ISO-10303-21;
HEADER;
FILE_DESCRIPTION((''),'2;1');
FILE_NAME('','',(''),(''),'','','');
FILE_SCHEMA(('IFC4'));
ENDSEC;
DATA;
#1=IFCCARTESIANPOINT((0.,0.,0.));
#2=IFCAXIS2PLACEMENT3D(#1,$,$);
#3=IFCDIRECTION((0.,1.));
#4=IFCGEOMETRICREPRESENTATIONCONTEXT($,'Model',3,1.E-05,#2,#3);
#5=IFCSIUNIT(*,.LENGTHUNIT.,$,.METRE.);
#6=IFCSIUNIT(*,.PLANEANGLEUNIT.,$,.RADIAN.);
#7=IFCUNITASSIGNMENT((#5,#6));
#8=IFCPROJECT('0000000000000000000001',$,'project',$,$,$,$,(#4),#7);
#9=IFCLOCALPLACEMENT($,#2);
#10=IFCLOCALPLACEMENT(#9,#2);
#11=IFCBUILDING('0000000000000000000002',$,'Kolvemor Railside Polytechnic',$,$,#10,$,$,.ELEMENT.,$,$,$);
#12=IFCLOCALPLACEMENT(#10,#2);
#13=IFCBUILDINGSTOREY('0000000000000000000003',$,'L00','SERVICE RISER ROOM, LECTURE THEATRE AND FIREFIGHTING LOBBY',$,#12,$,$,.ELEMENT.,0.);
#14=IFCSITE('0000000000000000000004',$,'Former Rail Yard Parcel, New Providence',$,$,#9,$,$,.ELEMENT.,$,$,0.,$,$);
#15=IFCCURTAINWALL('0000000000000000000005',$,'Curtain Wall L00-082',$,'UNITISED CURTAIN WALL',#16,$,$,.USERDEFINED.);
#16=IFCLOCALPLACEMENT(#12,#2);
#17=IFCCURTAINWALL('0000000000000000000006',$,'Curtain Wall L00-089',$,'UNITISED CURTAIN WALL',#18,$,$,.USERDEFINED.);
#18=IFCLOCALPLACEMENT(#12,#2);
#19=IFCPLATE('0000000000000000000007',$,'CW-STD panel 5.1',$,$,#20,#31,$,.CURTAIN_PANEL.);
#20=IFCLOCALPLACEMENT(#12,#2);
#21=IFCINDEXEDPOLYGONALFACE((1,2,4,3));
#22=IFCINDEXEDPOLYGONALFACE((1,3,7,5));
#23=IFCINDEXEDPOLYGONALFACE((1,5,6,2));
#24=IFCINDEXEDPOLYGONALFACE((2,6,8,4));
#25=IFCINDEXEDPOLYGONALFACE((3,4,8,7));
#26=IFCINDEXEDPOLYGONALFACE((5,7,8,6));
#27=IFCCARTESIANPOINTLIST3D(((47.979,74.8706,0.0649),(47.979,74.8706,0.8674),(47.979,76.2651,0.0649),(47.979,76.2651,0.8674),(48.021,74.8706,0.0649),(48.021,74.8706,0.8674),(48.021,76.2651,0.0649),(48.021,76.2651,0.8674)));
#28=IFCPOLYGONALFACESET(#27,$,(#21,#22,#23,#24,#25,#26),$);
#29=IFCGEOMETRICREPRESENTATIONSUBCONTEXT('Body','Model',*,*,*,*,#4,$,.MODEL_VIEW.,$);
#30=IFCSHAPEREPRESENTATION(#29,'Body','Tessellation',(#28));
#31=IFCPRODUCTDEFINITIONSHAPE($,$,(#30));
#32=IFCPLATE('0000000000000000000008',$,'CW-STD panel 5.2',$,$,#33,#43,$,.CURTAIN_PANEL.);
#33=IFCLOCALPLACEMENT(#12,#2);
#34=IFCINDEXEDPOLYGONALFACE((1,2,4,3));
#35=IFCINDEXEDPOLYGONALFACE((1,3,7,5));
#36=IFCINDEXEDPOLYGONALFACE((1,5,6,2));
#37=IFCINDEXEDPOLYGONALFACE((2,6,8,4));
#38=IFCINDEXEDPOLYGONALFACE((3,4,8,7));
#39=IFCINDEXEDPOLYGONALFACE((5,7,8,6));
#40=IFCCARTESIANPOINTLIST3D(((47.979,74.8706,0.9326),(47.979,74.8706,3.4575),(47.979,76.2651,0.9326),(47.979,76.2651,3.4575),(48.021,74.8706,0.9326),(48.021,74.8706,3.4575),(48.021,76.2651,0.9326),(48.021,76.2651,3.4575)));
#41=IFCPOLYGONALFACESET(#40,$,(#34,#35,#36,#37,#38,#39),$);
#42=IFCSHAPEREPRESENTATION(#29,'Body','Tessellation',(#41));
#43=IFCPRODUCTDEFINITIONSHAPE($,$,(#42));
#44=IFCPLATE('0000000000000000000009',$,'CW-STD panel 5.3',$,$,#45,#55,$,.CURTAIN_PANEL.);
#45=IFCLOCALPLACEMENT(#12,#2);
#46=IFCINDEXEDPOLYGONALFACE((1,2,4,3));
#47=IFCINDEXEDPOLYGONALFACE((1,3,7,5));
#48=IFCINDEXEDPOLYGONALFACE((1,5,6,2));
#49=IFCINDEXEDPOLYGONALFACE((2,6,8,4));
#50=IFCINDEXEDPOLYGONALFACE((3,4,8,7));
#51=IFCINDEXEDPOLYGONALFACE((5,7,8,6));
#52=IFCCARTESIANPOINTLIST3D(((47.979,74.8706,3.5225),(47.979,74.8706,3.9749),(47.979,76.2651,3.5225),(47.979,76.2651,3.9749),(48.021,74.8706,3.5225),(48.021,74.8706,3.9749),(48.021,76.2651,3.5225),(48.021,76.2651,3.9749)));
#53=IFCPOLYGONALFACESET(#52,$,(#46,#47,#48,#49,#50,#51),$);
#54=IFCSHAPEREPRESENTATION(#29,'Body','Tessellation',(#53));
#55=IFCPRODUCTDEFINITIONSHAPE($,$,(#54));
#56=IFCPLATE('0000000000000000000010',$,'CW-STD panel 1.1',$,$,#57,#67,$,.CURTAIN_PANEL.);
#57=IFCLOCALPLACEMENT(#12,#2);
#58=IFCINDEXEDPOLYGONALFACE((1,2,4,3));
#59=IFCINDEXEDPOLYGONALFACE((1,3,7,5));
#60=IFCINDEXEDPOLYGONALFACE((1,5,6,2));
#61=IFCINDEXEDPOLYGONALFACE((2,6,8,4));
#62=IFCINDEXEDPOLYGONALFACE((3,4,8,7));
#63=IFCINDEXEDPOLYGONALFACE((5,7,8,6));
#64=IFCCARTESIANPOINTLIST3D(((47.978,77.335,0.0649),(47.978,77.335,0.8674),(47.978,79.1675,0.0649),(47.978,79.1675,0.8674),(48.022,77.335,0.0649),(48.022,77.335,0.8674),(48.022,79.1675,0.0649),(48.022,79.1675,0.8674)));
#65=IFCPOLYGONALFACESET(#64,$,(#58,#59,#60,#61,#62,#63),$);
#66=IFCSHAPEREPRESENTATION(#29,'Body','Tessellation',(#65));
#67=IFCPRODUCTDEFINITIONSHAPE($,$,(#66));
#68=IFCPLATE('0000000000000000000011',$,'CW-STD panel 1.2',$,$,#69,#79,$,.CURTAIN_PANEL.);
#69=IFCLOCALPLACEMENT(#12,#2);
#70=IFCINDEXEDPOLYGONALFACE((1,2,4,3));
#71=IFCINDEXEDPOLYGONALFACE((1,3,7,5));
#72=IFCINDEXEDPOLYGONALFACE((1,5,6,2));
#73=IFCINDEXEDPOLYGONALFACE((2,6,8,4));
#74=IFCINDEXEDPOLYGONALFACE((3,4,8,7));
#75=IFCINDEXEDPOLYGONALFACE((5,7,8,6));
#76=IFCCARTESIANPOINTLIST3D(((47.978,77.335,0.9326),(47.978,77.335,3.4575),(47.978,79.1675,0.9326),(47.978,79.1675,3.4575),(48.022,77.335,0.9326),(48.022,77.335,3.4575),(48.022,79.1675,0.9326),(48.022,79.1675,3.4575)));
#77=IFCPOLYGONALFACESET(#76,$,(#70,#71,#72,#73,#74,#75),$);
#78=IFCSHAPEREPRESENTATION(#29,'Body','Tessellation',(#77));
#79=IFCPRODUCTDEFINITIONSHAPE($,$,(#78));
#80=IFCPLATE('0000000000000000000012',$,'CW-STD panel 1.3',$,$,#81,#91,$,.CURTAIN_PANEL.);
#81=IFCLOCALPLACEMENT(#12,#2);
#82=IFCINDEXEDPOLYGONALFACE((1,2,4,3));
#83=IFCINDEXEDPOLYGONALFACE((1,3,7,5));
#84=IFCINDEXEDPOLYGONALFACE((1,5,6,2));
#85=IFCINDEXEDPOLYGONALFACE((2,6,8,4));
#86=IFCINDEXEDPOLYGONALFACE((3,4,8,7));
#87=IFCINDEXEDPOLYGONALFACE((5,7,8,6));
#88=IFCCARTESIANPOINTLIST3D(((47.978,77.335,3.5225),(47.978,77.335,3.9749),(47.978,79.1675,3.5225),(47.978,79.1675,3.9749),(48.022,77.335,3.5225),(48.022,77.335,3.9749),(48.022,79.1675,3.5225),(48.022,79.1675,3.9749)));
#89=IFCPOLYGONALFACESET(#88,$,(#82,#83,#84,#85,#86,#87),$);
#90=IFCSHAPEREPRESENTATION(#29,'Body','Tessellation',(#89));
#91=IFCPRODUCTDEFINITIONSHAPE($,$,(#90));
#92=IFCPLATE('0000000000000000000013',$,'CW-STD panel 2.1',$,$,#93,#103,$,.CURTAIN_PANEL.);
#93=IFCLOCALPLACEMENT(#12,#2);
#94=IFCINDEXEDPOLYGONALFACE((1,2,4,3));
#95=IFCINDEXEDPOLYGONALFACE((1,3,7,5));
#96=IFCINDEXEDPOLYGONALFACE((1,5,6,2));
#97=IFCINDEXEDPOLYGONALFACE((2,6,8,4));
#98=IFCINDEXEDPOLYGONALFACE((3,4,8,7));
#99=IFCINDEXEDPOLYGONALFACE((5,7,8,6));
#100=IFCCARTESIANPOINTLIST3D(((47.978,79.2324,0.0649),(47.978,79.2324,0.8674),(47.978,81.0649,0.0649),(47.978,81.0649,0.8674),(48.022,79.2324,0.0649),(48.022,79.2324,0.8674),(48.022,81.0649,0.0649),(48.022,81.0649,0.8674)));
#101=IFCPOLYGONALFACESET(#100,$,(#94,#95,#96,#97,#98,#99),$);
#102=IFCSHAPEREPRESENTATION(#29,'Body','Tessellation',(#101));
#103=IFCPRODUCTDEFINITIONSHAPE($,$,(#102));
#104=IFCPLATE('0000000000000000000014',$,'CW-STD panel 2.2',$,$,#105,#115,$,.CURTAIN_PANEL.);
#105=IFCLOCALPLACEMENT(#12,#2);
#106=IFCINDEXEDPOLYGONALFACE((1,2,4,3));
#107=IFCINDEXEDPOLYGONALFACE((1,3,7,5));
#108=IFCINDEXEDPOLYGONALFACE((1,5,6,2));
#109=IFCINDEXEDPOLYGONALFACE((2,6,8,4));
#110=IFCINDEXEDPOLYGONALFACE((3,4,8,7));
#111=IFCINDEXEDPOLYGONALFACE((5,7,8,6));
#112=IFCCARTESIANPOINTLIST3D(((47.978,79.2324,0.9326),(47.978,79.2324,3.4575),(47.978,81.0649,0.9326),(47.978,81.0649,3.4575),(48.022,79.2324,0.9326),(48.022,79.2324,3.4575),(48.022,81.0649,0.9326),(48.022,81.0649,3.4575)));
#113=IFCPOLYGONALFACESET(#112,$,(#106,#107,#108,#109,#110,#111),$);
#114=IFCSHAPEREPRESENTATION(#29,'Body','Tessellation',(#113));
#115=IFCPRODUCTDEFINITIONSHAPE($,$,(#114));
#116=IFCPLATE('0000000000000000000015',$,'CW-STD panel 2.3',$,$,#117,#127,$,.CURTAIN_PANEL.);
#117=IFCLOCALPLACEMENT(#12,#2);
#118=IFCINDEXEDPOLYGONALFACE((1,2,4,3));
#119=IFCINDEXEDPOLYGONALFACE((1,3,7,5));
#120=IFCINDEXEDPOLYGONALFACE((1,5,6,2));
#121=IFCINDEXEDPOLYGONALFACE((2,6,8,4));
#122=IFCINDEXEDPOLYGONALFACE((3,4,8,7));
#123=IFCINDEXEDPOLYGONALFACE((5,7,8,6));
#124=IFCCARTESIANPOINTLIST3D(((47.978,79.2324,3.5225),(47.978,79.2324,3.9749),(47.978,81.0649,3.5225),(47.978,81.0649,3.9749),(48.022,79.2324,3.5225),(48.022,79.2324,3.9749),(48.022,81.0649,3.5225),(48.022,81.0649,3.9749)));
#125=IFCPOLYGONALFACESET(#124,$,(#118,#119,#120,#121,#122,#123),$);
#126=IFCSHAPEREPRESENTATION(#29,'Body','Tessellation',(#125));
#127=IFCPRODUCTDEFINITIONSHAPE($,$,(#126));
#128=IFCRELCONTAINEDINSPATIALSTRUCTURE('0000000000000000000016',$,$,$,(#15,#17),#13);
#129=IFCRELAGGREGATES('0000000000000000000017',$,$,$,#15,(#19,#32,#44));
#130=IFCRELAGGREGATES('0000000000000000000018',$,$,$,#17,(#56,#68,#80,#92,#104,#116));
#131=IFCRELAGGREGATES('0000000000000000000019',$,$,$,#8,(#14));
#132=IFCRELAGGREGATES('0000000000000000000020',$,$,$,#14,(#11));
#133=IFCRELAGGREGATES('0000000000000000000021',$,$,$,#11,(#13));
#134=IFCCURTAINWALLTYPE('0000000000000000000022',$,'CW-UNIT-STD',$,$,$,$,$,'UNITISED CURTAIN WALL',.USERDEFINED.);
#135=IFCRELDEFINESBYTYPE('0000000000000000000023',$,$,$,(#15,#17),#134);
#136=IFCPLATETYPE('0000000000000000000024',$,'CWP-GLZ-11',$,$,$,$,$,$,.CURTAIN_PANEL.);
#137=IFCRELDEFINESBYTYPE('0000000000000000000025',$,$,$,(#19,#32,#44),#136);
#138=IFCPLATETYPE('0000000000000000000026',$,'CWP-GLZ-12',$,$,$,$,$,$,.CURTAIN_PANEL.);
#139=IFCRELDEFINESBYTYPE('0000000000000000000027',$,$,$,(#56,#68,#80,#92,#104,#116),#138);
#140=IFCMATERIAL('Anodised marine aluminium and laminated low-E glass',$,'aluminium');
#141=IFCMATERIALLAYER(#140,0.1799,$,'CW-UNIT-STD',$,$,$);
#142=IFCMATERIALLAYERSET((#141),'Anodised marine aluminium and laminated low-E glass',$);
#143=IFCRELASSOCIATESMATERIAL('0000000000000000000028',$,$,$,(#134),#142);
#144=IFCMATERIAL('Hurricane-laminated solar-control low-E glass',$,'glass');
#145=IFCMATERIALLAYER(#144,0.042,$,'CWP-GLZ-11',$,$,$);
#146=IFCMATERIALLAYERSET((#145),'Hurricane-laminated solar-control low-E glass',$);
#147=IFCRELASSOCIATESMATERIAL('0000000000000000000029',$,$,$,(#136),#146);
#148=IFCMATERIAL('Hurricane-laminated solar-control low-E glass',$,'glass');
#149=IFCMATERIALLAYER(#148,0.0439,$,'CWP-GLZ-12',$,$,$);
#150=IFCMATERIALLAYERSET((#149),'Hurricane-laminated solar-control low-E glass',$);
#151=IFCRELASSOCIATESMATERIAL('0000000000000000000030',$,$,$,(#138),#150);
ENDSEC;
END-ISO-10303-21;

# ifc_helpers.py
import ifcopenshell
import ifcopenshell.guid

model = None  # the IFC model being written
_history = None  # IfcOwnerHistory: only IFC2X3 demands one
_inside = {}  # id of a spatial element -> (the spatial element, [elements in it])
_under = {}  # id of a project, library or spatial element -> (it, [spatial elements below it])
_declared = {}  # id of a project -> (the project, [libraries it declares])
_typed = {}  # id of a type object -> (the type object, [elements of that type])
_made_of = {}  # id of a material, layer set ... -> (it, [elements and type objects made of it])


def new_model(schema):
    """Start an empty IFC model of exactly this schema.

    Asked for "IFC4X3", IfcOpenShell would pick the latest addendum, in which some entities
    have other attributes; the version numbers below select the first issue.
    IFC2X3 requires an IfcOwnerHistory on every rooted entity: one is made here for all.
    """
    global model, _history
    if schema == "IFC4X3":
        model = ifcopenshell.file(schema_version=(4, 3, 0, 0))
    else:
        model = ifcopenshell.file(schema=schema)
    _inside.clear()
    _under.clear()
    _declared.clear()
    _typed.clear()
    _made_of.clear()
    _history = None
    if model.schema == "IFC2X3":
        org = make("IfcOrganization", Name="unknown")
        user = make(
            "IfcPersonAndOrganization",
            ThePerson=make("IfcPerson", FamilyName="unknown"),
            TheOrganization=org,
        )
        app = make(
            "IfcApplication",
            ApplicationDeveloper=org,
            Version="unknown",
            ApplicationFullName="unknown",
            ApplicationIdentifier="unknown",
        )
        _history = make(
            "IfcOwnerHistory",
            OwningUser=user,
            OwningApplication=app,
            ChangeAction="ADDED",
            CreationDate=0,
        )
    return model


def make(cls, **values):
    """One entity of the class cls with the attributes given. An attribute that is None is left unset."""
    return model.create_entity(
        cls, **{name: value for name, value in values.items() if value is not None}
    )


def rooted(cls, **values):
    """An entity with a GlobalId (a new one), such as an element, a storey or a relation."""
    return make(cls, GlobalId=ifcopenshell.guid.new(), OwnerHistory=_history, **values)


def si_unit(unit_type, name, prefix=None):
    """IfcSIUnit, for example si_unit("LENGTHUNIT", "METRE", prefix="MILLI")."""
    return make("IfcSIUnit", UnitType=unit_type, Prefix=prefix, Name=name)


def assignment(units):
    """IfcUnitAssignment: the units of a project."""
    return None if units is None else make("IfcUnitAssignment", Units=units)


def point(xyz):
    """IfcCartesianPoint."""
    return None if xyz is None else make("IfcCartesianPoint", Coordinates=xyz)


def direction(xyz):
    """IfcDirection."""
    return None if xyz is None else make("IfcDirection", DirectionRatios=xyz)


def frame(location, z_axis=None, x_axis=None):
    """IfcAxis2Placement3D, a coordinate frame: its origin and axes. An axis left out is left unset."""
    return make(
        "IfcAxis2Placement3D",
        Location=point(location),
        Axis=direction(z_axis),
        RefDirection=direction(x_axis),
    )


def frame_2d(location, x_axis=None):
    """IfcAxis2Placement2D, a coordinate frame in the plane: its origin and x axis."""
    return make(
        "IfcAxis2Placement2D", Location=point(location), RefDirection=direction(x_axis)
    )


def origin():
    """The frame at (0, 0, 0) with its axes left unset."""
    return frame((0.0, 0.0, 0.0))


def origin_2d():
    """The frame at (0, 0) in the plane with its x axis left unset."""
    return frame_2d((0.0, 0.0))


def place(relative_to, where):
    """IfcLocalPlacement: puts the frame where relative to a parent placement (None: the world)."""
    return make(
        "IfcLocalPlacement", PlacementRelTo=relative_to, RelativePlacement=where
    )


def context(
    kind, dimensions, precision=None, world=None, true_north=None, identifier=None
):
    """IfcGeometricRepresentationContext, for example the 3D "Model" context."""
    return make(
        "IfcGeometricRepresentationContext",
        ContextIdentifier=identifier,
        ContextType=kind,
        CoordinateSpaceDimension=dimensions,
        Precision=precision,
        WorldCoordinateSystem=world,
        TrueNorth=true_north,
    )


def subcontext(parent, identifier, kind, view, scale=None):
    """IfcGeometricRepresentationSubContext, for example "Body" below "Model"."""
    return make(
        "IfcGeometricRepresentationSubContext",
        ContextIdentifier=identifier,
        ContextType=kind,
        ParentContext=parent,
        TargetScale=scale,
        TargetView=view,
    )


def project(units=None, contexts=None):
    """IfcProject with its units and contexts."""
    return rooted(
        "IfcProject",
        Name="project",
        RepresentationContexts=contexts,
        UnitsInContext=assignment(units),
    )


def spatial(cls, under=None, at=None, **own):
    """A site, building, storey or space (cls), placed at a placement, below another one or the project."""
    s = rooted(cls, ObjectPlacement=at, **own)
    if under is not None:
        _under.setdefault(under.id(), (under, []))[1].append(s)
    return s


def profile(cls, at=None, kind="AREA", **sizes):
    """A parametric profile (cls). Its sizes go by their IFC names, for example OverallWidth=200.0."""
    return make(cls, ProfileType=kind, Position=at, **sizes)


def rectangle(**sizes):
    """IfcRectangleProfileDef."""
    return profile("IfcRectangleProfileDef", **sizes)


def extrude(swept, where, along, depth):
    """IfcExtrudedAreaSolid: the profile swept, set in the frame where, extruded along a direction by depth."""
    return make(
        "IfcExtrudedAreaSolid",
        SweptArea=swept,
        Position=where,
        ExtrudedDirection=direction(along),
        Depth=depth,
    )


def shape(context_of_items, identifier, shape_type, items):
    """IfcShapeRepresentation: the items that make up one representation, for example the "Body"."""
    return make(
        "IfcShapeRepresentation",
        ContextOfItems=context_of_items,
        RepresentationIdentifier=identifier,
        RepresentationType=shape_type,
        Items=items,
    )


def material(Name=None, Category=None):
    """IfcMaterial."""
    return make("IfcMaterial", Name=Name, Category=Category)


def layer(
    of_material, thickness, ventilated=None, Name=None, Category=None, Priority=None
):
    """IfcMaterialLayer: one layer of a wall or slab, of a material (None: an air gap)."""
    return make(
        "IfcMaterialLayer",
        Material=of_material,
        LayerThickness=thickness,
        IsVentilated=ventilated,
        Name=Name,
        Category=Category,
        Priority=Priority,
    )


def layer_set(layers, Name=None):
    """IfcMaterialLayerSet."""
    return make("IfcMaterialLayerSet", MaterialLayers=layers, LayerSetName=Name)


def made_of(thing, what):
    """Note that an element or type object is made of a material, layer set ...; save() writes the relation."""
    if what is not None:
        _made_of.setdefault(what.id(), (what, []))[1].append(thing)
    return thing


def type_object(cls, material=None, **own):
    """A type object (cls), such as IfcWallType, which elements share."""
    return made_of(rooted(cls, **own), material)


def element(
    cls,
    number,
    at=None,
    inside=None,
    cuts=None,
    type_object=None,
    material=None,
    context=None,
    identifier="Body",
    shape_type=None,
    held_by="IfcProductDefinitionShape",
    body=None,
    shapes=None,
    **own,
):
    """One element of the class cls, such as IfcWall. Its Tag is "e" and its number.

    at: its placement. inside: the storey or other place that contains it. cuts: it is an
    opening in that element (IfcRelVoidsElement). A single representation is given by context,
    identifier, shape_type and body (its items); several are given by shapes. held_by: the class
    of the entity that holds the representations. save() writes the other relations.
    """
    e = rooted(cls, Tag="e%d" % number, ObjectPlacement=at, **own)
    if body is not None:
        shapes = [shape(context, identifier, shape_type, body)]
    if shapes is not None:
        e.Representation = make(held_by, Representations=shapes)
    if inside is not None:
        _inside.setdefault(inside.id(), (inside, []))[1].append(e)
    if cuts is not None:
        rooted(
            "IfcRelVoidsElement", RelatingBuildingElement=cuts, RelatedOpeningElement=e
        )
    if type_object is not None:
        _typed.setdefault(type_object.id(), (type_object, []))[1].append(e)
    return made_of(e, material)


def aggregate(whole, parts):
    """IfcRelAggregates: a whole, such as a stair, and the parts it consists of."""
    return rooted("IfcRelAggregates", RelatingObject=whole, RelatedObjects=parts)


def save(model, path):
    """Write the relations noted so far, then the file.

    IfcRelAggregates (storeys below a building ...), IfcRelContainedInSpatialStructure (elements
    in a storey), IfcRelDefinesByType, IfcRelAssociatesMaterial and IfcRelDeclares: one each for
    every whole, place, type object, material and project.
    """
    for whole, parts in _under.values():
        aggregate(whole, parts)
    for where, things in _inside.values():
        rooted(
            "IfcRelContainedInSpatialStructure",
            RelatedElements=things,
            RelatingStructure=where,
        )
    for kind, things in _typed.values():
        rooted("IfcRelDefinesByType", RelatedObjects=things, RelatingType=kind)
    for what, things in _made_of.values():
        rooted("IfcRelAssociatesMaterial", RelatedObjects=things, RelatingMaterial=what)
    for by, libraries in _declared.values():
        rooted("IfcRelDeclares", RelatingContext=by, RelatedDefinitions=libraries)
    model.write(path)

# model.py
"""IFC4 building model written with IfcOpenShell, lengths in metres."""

from ifc_helpers import new_model, si_unit, direction, frame, origin, origin_2d, place, context, subcontext, project, spatial, rectangle, extrude, material, layer, layer_set, type_object, element, aggregate, save


model = new_model("IFC4")

# Units and contexts
model_context = context("Model", 3, precision=1e-05, world=origin(), true_north=direction((0.0, 1.0)))
body_context = subcontext(model_context, "Body", "Model", "MODEL_VIEW")
ifc_project = project(units=[si_unit("LENGTHUNIT", "METRE"), si_unit("PLANEANGLEUNIT", "RADIAN")], contexts=[model_context])

# Site, building, storey
site_placement = place(None, origin())
site = spatial("IfcSite", under=ifc_project, at=site_placement, Name="Former Rail Yard Parcel, New Providence", CompositionType="ELEMENT", RefElevation=0.0)
building_placement = place(site_placement, origin())
building = spatial("IfcBuilding", under=site, at=building_placement, Name="Kolvemor Railside Polytechnic", CompositionType="ELEMENT")
storey_placement = place(building_placement, origin())
storey = spatial("IfcBuildingStorey", under=building, at=storey_placement, Name="L00", Description="SERVICE RISER ROOM, LECTURE THEATRE AND FIREFIGHTING LOBBY", CompositionType="ELEMENT", Elevation=0.0)

# Curtain walls
ifc_material_1 = material(Name="Anodised marine aluminium and laminated low-E glass", Category="aluminium")
ifc_layer_1 = layer(ifc_material_1, 0.1799, Name="CW-UNIT-STD")
ifc_layer_set_1 = layer_set([ifc_layer_1], Name="Anodised marine aluminium and laminated low-E glass")
curtain_wall_type = type_object("IfcCurtainWallType", Name="CW-UNIT-STD", ElementType="UNITISED CURTAIN WALL", PredefinedType="USERDEFINED", material=ifc_layer_set_1)
curtain_wall_1_placement = place(storey_placement, origin())
curtain_wall_1 = element("IfcCurtainWall", 1, at=curtain_wall_1_placement, inside=storey, type_object=curtain_wall_type, Name="Curtain Wall L00-082", ObjectType="UNITISED CURTAIN WALL", PredefinedType="USERDEFINED")
curtain_wall_2_placement = place(storey_placement, origin())
curtain_wall_2 = element("IfcCurtainWall", 2, at=curtain_wall_2_placement, inside=storey, type_object=curtain_wall_type, Name="Curtain Wall L00-089", ObjectType="UNITISED CURTAIN WALL", PredefinedType="USERDEFINED")

# Plates
ifc_material_2 = material(Name="Hurricane-laminated solar-control low-E glass", Category="glass")
ifc_layer_2 = layer(ifc_material_2, 0.042, Name="CWP-GLZ-11")
ifc_layer_set_2 = layer_set([ifc_layer_2], Name="Hurricane-laminated solar-control low-E glass")
plate_type_1 = type_object("IfcPlateType", Name="CWP-GLZ-11", PredefinedType="CURTAIN_PANEL", material=ifc_layer_set_2)
plate_1_placement = place(storey_placement, frame((48.0, 75.5679, 0.0649), z_axis=(0.0, 0.0, 1.0), x_axis=(0.0, 1.0, 0.0)))
plate_1 = element("IfcPlate", 3, at=plate_1_placement, type_object=plate_type_1, Name="CW-STD panel 5.1", PredefinedType="CURTAIN_PANEL", context=body_context, shape_type="SweptSolid", body=[
    extrude(rectangle(XDim=1.3945, YDim=0.042, at=origin_2d()), origin(), (0.0, 0.0, 1.0), 0.8025),
])
plate_2_placement = place(storey_placement, frame((48.0, 75.5679, 0.9326), z_axis=(0.0, 0.0, 1.0), x_axis=(0.0, 1.0, 0.0)))
plate_2 = element("IfcPlate", 4, at=plate_2_placement, type_object=plate_type_1, Name="CW-STD panel 5.2", PredefinedType="CURTAIN_PANEL", context=body_context, shape_type="SweptSolid", body=[
    extrude(rectangle(XDim=1.3945, YDim=0.042, at=origin_2d()), origin(), (0.0, 0.0, 1.0), 2.5249),
])
plate_3_placement = place(storey_placement, frame((48.0, 75.5679, 3.5225), z_axis=(0.0, 0.0, 1.0), x_axis=(0.0, 1.0, 0.0)))
plate_3 = element("IfcPlate", 5, at=plate_3_placement, type_object=plate_type_1, Name="CW-STD panel 5.3", PredefinedType="CURTAIN_PANEL", context=body_context, shape_type="SweptSolid", body=[
    extrude(rectangle(XDim=1.3945, YDim=0.042, at=origin_2d()), origin(), (0.0, 0.0, 1.0), 0.4524),
])
aggregate(curtain_wall_1, [plate_1, plate_2, plate_3])
ifc_material_3 = material(Name="Hurricane-laminated solar-control low-E glass", Category="glass")
ifc_layer_3 = layer(ifc_material_3, 0.0439, Name="CWP-GLZ-12")
ifc_layer_set_3 = layer_set([ifc_layer_3], Name="Hurricane-laminated solar-control low-E glass")
plate_type_2 = type_object("IfcPlateType", Name="CWP-GLZ-12", PredefinedType="CURTAIN_PANEL", material=ifc_layer_set_3)
plate_4_placement = place(storey_placement, frame((48.0, 78.2512, 0.0649), z_axis=(0.0, 0.0, 1.0), x_axis=(0.0, 1.0, 0.0)))
plate_4 = element("IfcPlate", 6, at=plate_4_placement, type_object=plate_type_2, Name="CW-STD panel 1.1", PredefinedType="CURTAIN_PANEL", context=body_context, shape_type="SweptSolid", body=[
    extrude(rectangle(XDim=1.8325, YDim=0.0439, at=origin_2d()), origin(), (0.0, 0.0, 1.0), 0.8025),
])
plate_5_placement = place(storey_placement, frame((48.0, 78.2512, 0.9326), z_axis=(0.0, 0.0, 1.0), x_axis=(0.0, 1.0, 0.0)))
plate_5 = element("IfcPlate", 7, at=plate_5_placement, type_object=plate_type_2, Name="CW-STD panel 1.2", PredefinedType="CURTAIN_PANEL", context=body_context, shape_type="SweptSolid", body=[
    extrude(rectangle(XDim=1.8325, YDim=0.0439, at=origin_2d()), origin(), (0.0, 0.0, 1.0), 2.5249),
])
plate_6_placement = place(storey_placement, frame((48.0, 78.2512, 3.5225), z_axis=(0.0, 0.0, 1.0), x_axis=(0.0, 1.0, 0.0)))
plate_6 = element("IfcPlate", 8, at=plate_6_placement, type_object=plate_type_2, Name="CW-STD panel 1.3", PredefinedType="CURTAIN_PANEL", context=body_context, shape_type="SweptSolid", body=[
    extrude(rectangle(XDim=1.8325, YDim=0.0439, at=origin_2d()), origin(), (0.0, 0.0, 1.0), 0.4524),
])
plate_7_placement = place(storey_placement, frame((48.0, 80.1487, 0.0649), z_axis=(0.0, 0.0, 1.0), x_axis=(0.0, 1.0, 0.0)))
plate_7 = element("IfcPlate", 9, at=plate_7_placement, type_object=plate_type_2, Name="CW-STD panel 2.1", PredefinedType="CURTAIN_PANEL", context=body_context, shape_type="SweptSolid", body=[
    extrude(rectangle(XDim=1.8325, YDim=0.0439, at=origin_2d()), origin(), (0.0, 0.0, 1.0), 0.8025),
])
plate_8_placement = place(storey_placement, frame((48.0, 80.1487, 0.9326), z_axis=(0.0, 0.0, 1.0), x_axis=(0.0, 1.0, 0.0)))
plate_8 = element("IfcPlate", 10, at=plate_8_placement, type_object=plate_type_2, Name="CW-STD panel 2.2", PredefinedType="CURTAIN_PANEL", context=body_context, shape_type="SweptSolid", body=[
    extrude(rectangle(XDim=1.8325, YDim=0.0439, at=origin_2d()), origin(), (0.0, 0.0, 1.0), 2.5249),
])
plate_9_placement = place(storey_placement, frame((48.0, 80.1487, 3.5225), z_axis=(0.0, 0.0, 1.0), x_axis=(0.0, 1.0, 0.0)))
plate_9 = element("IfcPlate", 11, at=plate_9_placement, type_object=plate_type_2, Name="CW-STD panel 2.3", PredefinedType="CURTAIN_PANEL", context=body_context, shape_type="SweptSolid", body=[
    extrude(rectangle(XDim=1.8325, YDim=0.0439, at=origin_2d()), origin(), (0.0, 0.0, 1.0), 0.4524),
])
aggregate(curtain_wall_2, [plate_4, plate_5, plate_6, plate_7, plate_8, plate_9])

save(model, "model.ifc")
